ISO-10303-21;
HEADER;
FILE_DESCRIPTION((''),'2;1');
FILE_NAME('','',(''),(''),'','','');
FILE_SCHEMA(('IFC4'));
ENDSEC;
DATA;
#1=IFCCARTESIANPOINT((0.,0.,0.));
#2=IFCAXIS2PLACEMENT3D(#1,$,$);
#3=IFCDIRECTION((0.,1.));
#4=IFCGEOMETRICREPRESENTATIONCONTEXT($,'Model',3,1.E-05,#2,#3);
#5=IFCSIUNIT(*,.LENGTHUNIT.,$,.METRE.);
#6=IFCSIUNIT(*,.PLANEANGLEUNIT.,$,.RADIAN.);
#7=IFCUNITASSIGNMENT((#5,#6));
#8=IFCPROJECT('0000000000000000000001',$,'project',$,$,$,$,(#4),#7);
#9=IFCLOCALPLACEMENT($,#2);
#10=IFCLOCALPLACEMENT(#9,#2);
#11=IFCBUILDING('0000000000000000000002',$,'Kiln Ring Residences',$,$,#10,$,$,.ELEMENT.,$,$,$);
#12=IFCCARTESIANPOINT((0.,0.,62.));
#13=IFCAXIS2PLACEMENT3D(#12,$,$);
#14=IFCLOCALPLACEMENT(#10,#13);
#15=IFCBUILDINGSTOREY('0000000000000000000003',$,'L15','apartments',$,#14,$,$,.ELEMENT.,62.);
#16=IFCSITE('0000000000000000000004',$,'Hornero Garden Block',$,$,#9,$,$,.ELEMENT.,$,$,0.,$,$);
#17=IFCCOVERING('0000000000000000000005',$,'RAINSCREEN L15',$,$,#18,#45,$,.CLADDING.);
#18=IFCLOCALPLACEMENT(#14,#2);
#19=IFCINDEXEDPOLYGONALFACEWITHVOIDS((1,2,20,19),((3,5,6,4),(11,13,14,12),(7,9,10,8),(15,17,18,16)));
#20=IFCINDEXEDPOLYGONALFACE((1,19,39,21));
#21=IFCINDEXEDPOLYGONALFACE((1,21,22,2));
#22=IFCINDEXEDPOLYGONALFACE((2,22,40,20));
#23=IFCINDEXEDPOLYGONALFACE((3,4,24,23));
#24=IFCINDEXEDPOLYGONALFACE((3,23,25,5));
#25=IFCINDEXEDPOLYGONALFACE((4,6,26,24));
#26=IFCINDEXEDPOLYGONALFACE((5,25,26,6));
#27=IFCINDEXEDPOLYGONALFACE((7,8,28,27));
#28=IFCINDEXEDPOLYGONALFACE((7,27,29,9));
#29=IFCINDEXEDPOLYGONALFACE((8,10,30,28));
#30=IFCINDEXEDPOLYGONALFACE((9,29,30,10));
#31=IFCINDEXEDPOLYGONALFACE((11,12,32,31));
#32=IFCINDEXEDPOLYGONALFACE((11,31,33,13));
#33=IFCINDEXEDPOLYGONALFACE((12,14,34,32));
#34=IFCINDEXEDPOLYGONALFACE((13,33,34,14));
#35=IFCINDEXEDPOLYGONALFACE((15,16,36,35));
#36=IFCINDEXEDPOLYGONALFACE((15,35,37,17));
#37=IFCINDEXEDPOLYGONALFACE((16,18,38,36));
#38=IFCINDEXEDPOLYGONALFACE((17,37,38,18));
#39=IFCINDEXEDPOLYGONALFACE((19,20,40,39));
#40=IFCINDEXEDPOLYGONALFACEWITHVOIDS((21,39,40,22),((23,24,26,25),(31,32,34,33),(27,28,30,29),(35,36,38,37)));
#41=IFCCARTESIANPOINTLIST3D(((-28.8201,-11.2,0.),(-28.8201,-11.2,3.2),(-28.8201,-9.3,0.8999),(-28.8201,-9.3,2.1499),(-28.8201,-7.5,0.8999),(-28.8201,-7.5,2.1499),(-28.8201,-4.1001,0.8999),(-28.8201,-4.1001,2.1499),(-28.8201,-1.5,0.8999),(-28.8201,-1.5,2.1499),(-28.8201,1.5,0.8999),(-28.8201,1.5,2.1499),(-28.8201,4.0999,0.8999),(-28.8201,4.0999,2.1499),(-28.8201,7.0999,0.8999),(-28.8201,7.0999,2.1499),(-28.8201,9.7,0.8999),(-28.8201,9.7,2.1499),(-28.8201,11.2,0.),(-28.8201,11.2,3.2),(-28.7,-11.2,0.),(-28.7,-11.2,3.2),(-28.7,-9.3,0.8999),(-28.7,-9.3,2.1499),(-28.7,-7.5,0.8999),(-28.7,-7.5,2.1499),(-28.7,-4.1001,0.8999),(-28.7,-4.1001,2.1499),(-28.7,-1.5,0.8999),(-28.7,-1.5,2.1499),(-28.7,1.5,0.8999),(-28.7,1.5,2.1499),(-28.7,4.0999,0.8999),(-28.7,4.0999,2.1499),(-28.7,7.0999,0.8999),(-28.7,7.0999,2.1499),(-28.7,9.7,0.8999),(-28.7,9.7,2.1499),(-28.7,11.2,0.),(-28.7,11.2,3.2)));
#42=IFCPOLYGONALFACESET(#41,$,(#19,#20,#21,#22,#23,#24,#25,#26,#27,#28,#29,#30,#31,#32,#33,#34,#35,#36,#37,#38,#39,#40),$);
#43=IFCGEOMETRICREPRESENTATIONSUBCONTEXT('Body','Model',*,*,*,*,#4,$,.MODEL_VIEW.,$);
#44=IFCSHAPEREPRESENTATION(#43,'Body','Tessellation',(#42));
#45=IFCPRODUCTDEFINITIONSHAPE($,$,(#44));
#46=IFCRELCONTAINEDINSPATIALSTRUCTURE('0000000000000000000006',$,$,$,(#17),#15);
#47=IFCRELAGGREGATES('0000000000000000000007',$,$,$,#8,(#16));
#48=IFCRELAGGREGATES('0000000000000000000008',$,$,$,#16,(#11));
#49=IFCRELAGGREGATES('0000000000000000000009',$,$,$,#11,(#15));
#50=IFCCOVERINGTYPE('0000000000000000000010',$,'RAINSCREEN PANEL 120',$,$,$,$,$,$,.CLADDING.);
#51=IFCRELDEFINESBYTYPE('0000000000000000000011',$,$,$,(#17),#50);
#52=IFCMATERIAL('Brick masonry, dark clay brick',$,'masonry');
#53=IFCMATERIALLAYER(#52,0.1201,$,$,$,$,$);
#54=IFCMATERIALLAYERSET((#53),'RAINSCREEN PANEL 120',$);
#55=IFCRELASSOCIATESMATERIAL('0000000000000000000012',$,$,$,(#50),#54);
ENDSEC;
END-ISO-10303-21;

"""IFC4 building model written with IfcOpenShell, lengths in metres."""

from ifc_helpers import new_model, si_unit, direction, frame, origin, place, context, subcontext, project, spatial, polyline, outline, extrude, material, layer, layer_set, type_object, element, save


model = new_model("IFC4")

# Units and contexts
model_context = context("Model", 3, precision=1e-05, world=origin(), true_north=direction((0.0, 1.0)))
body_context = subcontext(model_context, "Body", "Model", "MODEL_VIEW")
ifc_project = project(units=[si_unit("LENGTHUNIT", "METRE"), si_unit("PLANEANGLEUNIT", "RADIAN")], contexts=[model_context])

# Site, building, storey
site_placement = place(None, origin())
site = spatial("IfcSite", under=ifc_project, at=site_placement, Name="Hornero Garden Block", CompositionType="ELEMENT", RefElevation=0.0)
building_placement = place(site_placement, origin())
building = spatial("IfcBuilding", under=site, at=building_placement, Name="Kiln Ring Residences", CompositionType="ELEMENT")
storey_placement = place(building_placement, frame((0.0, 0.0, 62.0)))
storey = spatial("IfcBuildingStorey", under=building, at=storey_placement, Name="L15", Description="apartments", CompositionType="ELEMENT", Elevation=62.0)

# Covering
ifc_material_1 = material(Name="Brick masonry, dark clay brick", Category="masonry")
ifc_layer_1 = layer(ifc_material_1, 0.1201)
ifc_layer_set_1 = layer_set([ifc_layer_1], Name="RAINSCREEN PANEL 120")
covering_type = type_object("IfcCoveringType", Name="RAINSCREEN PANEL 120", PredefinedType="CLADDING", material=ifc_layer_set_1)
covering_placement = place(storey_placement, frame((-28.76, 11.2, 0.0), z_axis=(0.0, 0.0, 1.0), x_axis=(0.0, -1.0, 0.0)))
element("IfcCovering", 1, at=covering_placement, inside=storey, type_object=covering_type, Name="RAINSCREEN L15", PredefinedType="CLADDING", context=body_context, shape_type="SweptSolid", body=[
    extrude(outline(polyline([(0.0, 0.0), (22.3999, 0.0), (22.3999, 3.2), (0.0, 3.2), (0.0, 0.0)]), holes=[polyline([(4.1001, 0.8999), (4.1001, 2.1499), (1.5, 2.1499), (1.5, 0.8999), (4.1001, 0.8999)]), polyline([(9.7, 0.8999), (9.7, 2.1499), (7.1001, 2.1499), (7.1001, 0.8999), (9.7, 0.8999)]), polyline([(15.3, 0.8999), (15.3, 2.1499), (12.7, 2.1499), (12.7, 0.8999), (15.3, 0.8999)]), polyline([(20.5, 0.8999), (20.5, 2.1499), (18.7, 2.1499), (18.7, 0.8999), (20.5, 0.8999)])]), frame((0.0, 0.0601, 0.0), z_axis=(0.0, -1.0, 0.0), x_axis=(1.0, 0.0, 0.0)), (0.0, 0.0, 1.0), 0.1201),
])

save(model, "model.ifc")
